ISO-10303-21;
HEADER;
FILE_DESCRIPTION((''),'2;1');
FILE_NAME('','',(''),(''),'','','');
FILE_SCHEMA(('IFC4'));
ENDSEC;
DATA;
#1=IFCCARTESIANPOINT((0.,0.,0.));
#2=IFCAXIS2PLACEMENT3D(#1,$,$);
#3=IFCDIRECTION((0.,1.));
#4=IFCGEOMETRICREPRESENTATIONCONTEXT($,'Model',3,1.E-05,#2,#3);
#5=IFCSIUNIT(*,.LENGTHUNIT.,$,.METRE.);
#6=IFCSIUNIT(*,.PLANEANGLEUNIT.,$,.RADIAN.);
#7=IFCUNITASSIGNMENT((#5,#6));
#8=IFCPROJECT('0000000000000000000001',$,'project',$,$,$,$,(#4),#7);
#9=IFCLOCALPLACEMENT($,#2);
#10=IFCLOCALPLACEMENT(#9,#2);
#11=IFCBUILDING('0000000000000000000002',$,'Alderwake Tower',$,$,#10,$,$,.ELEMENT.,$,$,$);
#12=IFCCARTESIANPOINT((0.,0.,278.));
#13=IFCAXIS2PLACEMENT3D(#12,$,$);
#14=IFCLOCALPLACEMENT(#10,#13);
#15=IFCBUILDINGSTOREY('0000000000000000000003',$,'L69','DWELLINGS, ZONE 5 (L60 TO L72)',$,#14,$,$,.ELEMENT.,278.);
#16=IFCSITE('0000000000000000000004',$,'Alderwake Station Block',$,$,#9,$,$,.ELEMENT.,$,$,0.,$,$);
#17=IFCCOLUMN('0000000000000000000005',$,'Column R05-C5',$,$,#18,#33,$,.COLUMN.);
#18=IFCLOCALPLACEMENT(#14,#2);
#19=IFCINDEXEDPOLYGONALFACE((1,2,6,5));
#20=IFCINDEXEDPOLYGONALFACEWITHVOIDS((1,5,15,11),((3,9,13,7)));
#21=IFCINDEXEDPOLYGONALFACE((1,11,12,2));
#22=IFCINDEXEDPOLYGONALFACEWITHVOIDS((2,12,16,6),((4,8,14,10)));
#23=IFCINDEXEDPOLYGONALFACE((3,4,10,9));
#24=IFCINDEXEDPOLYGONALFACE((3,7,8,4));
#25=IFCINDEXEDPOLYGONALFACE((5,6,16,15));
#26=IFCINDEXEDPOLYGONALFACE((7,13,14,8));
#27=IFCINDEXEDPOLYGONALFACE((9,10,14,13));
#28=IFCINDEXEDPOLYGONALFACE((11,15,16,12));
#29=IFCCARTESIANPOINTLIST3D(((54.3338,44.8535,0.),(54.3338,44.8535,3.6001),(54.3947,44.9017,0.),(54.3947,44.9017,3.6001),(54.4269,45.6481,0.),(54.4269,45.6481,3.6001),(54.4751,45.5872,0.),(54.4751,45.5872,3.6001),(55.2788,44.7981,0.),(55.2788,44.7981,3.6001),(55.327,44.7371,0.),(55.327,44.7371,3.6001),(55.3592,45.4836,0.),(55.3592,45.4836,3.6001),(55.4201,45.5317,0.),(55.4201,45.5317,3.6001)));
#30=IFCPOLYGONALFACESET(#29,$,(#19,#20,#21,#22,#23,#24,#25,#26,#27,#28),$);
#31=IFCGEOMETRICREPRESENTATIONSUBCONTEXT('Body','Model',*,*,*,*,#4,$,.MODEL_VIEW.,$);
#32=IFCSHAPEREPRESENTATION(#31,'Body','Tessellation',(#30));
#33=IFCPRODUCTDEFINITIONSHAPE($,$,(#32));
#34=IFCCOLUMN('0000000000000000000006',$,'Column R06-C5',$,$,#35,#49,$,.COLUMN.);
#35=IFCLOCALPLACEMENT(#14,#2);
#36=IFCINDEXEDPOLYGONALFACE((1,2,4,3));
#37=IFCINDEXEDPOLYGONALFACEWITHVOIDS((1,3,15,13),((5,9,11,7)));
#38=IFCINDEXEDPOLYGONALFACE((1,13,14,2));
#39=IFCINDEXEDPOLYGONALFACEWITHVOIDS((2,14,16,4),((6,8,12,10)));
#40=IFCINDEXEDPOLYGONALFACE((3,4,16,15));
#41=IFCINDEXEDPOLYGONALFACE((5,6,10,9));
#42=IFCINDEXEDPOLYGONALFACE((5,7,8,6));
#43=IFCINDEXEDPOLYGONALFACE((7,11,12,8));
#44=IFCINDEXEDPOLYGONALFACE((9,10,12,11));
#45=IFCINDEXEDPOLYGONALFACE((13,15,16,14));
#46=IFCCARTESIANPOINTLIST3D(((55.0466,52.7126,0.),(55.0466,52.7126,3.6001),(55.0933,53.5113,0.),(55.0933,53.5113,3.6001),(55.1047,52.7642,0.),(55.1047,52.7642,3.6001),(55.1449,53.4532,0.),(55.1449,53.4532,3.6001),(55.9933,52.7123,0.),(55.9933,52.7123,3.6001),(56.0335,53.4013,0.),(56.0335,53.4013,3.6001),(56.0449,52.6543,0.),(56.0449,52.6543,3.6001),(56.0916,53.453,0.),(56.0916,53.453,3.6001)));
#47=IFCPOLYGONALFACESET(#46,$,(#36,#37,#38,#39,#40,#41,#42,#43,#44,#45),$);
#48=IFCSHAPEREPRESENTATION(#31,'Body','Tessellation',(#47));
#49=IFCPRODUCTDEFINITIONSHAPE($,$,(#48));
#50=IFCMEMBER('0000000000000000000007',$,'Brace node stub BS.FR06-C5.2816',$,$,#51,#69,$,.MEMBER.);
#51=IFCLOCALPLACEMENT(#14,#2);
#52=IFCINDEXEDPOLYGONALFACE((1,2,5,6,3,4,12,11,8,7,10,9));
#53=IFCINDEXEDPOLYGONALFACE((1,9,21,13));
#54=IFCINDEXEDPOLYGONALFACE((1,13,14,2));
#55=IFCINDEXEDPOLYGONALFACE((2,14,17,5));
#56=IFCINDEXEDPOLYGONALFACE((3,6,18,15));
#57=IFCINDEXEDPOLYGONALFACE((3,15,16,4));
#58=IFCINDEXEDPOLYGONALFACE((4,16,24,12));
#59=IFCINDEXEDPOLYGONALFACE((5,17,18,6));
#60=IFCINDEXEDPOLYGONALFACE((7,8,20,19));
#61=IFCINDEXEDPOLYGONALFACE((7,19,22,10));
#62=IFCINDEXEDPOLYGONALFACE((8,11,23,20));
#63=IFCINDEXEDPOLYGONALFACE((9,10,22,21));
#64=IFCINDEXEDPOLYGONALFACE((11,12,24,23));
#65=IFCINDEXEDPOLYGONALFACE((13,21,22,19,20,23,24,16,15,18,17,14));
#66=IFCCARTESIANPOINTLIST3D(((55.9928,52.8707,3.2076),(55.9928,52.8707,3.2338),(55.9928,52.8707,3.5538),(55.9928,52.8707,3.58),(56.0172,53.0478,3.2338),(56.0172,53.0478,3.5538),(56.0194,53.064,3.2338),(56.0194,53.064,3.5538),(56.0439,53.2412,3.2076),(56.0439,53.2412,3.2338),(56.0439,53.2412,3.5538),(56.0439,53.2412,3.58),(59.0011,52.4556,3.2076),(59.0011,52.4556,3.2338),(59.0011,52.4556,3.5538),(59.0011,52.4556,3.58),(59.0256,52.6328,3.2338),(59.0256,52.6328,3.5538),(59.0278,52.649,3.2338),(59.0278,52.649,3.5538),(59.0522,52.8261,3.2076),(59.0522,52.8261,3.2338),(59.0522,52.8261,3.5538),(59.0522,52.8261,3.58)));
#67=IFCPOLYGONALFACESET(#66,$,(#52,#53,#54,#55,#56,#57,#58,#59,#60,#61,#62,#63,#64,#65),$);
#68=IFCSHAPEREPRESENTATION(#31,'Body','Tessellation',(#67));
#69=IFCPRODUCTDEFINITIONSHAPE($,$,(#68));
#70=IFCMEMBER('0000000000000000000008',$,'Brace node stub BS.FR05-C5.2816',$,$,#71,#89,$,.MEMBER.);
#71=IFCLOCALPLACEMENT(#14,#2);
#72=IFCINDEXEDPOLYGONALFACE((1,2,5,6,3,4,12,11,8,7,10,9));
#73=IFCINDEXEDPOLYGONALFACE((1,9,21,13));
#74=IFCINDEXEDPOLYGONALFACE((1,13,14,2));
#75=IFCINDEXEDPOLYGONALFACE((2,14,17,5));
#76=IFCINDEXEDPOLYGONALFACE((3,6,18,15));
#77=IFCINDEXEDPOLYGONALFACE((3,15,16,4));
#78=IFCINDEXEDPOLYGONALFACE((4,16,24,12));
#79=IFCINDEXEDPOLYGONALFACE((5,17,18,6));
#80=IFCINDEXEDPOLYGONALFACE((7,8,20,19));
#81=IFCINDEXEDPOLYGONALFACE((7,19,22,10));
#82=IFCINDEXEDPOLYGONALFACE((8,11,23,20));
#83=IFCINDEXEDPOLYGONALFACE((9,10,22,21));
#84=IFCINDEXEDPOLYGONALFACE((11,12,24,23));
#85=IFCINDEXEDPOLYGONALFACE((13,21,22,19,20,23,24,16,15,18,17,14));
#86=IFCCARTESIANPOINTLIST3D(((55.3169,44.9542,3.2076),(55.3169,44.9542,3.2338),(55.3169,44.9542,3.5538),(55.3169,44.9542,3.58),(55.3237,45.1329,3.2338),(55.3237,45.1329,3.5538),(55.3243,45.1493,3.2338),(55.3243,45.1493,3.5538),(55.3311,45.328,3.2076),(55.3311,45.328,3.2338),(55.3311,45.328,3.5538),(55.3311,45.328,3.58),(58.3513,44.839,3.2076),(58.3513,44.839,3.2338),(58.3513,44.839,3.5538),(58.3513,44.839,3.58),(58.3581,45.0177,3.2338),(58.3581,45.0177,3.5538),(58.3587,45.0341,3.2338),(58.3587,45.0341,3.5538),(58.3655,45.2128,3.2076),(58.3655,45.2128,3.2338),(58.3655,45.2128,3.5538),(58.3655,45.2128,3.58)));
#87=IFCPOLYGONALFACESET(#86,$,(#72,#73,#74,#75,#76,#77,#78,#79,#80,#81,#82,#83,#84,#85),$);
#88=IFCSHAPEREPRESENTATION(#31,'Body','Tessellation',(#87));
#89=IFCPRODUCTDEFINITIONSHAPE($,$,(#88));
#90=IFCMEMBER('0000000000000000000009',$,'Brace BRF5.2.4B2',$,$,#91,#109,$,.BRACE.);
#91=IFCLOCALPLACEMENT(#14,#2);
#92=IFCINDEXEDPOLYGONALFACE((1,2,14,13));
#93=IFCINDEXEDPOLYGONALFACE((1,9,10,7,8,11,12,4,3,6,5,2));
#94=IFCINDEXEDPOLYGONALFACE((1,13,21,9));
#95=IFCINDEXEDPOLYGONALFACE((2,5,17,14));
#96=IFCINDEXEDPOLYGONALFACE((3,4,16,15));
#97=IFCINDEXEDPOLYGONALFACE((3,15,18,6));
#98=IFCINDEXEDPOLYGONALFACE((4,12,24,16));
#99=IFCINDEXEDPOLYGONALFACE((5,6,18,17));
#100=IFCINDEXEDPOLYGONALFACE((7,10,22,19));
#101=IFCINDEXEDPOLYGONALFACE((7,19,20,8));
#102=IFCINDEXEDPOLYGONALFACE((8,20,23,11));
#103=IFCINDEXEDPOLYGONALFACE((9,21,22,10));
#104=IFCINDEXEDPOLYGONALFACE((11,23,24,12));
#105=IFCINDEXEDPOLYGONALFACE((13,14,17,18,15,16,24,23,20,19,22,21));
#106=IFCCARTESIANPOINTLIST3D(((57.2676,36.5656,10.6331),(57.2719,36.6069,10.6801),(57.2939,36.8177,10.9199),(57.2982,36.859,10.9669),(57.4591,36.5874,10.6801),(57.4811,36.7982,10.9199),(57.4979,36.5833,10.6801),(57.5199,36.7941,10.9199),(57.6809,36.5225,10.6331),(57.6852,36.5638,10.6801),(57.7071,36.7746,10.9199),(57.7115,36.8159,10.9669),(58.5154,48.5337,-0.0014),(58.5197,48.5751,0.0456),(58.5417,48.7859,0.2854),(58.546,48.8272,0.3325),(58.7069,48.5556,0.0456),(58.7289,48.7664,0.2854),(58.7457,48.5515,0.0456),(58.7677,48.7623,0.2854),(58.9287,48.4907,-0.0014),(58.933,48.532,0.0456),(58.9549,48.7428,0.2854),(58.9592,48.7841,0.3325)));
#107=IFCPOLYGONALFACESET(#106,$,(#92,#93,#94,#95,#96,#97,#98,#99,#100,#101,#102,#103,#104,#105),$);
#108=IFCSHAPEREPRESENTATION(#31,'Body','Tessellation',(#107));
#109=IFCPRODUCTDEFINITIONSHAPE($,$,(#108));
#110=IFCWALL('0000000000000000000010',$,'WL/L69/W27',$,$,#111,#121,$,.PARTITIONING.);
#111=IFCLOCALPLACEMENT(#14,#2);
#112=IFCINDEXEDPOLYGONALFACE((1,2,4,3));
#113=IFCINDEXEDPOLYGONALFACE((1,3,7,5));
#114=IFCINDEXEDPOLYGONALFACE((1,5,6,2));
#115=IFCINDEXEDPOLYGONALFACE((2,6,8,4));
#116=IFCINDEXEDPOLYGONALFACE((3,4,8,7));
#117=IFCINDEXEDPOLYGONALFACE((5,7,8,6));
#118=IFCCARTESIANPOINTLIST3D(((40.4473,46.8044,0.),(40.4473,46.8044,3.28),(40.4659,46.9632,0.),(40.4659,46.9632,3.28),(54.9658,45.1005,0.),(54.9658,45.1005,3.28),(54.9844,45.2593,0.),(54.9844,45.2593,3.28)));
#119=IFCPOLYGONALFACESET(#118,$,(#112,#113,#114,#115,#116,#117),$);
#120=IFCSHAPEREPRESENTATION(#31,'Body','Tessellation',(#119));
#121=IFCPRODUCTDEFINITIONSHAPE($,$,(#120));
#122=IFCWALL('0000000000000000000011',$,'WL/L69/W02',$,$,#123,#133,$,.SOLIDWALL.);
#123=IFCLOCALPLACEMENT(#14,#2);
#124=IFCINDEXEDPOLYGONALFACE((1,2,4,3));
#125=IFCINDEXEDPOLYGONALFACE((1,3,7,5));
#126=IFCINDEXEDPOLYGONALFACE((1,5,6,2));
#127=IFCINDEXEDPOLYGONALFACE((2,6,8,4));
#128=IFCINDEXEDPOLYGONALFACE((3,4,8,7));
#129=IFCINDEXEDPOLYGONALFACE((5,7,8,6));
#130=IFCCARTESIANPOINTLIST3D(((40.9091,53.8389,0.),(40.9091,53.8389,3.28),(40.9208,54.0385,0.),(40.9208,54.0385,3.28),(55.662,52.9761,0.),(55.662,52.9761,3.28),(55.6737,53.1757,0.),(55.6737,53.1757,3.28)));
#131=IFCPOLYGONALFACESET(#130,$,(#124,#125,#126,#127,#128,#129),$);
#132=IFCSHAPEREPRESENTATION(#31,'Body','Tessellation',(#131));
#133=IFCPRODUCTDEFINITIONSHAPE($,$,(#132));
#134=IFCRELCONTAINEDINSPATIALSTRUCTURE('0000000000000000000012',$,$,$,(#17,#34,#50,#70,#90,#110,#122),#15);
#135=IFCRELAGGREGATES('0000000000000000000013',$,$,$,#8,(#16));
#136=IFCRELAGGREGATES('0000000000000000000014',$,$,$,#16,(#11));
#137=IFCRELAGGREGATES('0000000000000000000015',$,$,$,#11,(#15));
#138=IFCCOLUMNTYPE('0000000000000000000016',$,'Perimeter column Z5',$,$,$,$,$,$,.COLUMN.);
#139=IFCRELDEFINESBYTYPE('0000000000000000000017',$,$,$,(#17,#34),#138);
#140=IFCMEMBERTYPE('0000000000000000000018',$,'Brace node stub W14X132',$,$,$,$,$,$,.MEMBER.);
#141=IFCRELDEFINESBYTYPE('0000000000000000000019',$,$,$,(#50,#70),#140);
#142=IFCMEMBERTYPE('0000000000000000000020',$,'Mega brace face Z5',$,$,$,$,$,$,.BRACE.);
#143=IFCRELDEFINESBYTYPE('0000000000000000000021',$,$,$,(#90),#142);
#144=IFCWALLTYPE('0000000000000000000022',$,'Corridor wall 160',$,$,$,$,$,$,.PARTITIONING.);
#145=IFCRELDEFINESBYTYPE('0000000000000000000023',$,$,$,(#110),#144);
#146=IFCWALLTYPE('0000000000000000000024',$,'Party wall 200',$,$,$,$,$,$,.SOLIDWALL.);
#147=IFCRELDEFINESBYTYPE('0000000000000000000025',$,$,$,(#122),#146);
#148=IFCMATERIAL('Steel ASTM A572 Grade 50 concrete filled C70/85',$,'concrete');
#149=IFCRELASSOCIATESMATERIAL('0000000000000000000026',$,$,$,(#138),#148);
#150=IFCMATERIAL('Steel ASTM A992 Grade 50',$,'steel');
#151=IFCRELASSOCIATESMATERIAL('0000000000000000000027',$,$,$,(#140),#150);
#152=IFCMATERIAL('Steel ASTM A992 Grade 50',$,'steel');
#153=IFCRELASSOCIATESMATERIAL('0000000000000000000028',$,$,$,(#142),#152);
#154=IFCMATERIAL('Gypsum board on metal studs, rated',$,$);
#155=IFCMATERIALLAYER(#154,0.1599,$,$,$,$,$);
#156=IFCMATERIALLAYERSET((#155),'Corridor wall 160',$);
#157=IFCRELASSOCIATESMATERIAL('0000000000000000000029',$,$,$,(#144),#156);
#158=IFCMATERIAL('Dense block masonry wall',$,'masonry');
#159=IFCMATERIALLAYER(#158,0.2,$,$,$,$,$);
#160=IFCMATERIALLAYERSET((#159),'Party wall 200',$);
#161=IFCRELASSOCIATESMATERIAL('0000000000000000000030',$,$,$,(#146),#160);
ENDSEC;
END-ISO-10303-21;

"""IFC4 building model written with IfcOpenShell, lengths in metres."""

from ifc_helpers import new_model, si_unit, direction, frame, frame_2d, origin, origin_2d, place, context, subcontext, project, spatial, rectangle, hollow_rectangle, i_section, extrude, material, layer, layer_set, material_profile, profile_set, type_object, element, save


model = new_model("IFC4")

# Units and contexts
model_context = context("Model", 3, precision=1e-05, world=origin(), true_north=direction((0.0, 1.0)))
body_context = subcontext(model_context, "Body", "Model", "MODEL_VIEW")
ifc_project = project(units=[si_unit("LENGTHUNIT", "METRE"), si_unit("PLANEANGLEUNIT", "RADIAN")], contexts=[model_context])

# Site, building, storey
site_placement = place(None, origin())
site = spatial("IfcSite", under=ifc_project, at=site_placement, Name="Alderwake Station Block", CompositionType="ELEMENT", RefElevation=0.0)
building_placement = place(site_placement, origin())
building = spatial("IfcBuilding", under=site, at=building_placement, Name="Alderwake Tower", CompositionType="ELEMENT")
storey_placement = place(building_placement, frame((0.0, 0.0, 278.0)))
storey = spatial("IfcBuildingStorey", under=building, at=storey_placement, Name="L69", Description="DWELLINGS, ZONE 5 (L60 TO L72)", CompositionType="ELEMENT", Elevation=278.0)

# Columns
ifc_material_1 = material(Name="Steel ASTM A572 Grade 50 concrete filled C70/85", Category="concrete")
ifc_material_profile_1 = material_profile(ifc_material_1, hollow_rectangle(XDim=0.8, YDim=1.0, WallThickness=0.0549, at=origin_2d()), Name="BOX 1000X800X55")
ifc_profile_set_1 = profile_set([ifc_material_profile_1], Name="Steel ASTM A572 Grade 50 concrete filled C70/85")
column_type = type_object("IfcColumnType", Name="Perimeter column Z5", PredefinedType="COLUMN", material=ifc_profile_set_1)
for number, where, z_axis, x_axis, name in (
    (1, (54.877, 45.1926, 0.0), (0.0, 0.0, 1.0), (0.116402, 0.993202, 0.0), "Column R05-C5"),
    (2, (55.5691, 53.0828, 0.0), (0.0, 0.0, 1.0), (0.058301, 0.998299, 0.0), "Column R06-C5"),
):
    element("IfcColumn", number, at=place(storey_placement, frame(where, z_axis=z_axis, x_axis=x_axis)), inside=storey, type_object=column_type, Name=name, PredefinedType="COLUMN", context=body_context, shape_type="SweptSolid", body=[
        extrude(hollow_rectangle(XDim=0.8, YDim=1.0, WallThickness=0.0549, at=origin_2d()), origin(), (0.0, 0.0, 1.0), 3.6001),
    ])

# Members
ifc_material_2 = material(Name="Steel ASTM A992 Grade 50", Category="steel")
ifc_material_profile_2 = material_profile(ifc_material_2, i_section(OverallWidth=0.374, OverallDepth=0.3723, WebThickness=0.0164, FlangeThickness=0.0261, at=origin_2d()), Name="W14X132")
ifc_profile_set_2 = profile_set([ifc_material_profile_2], Name="Steel ASTM A992 Grade 50")
member_type_1 = type_object("IfcMemberType", Name="Brace node stub W14X132", PredefinedType="MEMBER", material=ifc_profile_set_2)
member_1_placement = place(storey_placement, frame((56.0183, 53.0559, 3.3938), z_axis=(0.990617, -0.13667, 0.0), x_axis=(0.13667, 0.990617, 0.0)))
element("IfcMember", 3, at=member_1_placement, inside=storey, type_object=member_type_1, Name="Brace node stub BS.FR06-C5.2816", PredefinedType="MEMBER", context=body_context, shape_type="SweptSolid", body=[
    extrude(i_section(OverallWidth=0.374, OverallDepth=0.3723, WebThickness=0.0164, FlangeThickness=0.0261, at=origin_2d()), origin(), (0.0, 0.0, 1.0), 3.0369),
])
member_2_placement = place(storey_placement, frame((55.324, 45.1411, 3.3938), z_axis=(0.99928, -0.037948, 0.0), x_axis=(0.037948, 0.99928, 0.0)))
element("IfcMember", 4, at=member_2_placement, inside=storey, type_object=member_type_1, Name="Brace node stub BS.FR05-C5.2816", PredefinedType="MEMBER", context=body_context, shape_type="SweptSolid", body=[
    extrude(i_section(OverallWidth=0.374, OverallDepth=0.3723, WebThickness=0.0164, FlangeThickness=0.0261, at=origin_2d()), origin(), (0.0, 0.0, 1.0), 3.0366),
])
ifc_material_3 = material(Name="Steel ASTM A992 Grade 50", Category="steel")
ifc_material_profile_3 = material_profile(ifc_material_3, i_section(OverallWidth=0.4155, OverallDepth=0.4456, WebThickness=0.0391, FlangeThickness=0.0627, at=origin_2d()), Name="W14X342")
ifc_profile_set_3 = profile_set([ifc_material_profile_3], Name="Steel ASTM A992 Grade 50")
member_type_2 = type_object("IfcMemberType", Name="Mega brace face Z5", PredefinedType="BRACE", material=ifc_profile_set_3)
member_3_placement = place(storey_placement, frame((58.7373, 48.6589, 0.1655), z_axis=(-0.077701, -0.745271, 0.662218), x_axis=(0.994609, -0.103697, 0.0)))
element("IfcMember", 5, at=member_3_placement, inside=storey, type_object=member_type_2, Name="Brace BRF5.2.4B2", PredefinedType="BRACE", context=body_context, shape_type="SweptSolid", body=[
    extrude(i_section(OverallWidth=0.4155, OverallDepth=0.4456, WebThickness=0.0391, FlangeThickness=0.0627, at=origin_2d()), origin(), (0.0, 0.0, 1.0), 16.0588),
])

# Wall
ifc_material_4 = material(Name="Gypsum board on metal studs, rated")
ifc_layer_1 = layer(ifc_material_4, 0.1599)
ifc_layer_set_1 = layer_set([ifc_layer_1], Name="Corridor wall 160")
wall_type_1 = type_object("IfcWallType", Name="Corridor wall 160", PredefinedType="PARTITIONING", material=ifc_layer_set_1)
wall_1_placement = place(storey_placement, frame((54.9751, 45.1799, 0.0), z_axis=(0.0, 0.0, 1.0), x_axis=(-0.993184, 0.116557, 0.0)))
element("IfcWall", 6, at=wall_1_placement, inside=storey, type_object=wall_type_1, Name="WL/L69/W27", PredefinedType="PARTITIONING", context=body_context, shape_type="SweptSolid", body=[
    extrude(rectangle(XDim=14.6182, YDim=0.1599, at=frame_2d((7.3091, 0.0))), origin(), (0.0, 0.0, 1.0), 3.28),
])

# Wall
ifc_material_5 = material(Name="Dense block masonry wall", Category="masonry")
ifc_layer_2 = layer(ifc_material_5, 0.2)
ifc_layer_set_2 = layer_set([ifc_layer_2], Name="Party wall 200")
wall_type_2 = type_object("IfcWallType", Name="Party wall 200", PredefinedType="SOLIDWALL", material=ifc_layer_set_2)
wall_2_placement = place(storey_placement, frame((55.668, 53.0759, 0.0), z_axis=(0.0, 0.0, 1.0), x_axis=(-0.998294, 0.058383, 0.0)))
element("IfcWall", 7, at=wall_2_placement, inside=storey, type_object=wall_type_2, Name="WL/L69/W02", PredefinedType="SOLIDWALL", context=body_context, shape_type="SweptSolid", body=[
    extrude(rectangle(XDim=14.7781, YDim=0.2, at=frame_2d((7.3892, 0.0))), origin(), (0.0, 0.0, 1.0), 3.28),
])

save(model, "model.ifc")
